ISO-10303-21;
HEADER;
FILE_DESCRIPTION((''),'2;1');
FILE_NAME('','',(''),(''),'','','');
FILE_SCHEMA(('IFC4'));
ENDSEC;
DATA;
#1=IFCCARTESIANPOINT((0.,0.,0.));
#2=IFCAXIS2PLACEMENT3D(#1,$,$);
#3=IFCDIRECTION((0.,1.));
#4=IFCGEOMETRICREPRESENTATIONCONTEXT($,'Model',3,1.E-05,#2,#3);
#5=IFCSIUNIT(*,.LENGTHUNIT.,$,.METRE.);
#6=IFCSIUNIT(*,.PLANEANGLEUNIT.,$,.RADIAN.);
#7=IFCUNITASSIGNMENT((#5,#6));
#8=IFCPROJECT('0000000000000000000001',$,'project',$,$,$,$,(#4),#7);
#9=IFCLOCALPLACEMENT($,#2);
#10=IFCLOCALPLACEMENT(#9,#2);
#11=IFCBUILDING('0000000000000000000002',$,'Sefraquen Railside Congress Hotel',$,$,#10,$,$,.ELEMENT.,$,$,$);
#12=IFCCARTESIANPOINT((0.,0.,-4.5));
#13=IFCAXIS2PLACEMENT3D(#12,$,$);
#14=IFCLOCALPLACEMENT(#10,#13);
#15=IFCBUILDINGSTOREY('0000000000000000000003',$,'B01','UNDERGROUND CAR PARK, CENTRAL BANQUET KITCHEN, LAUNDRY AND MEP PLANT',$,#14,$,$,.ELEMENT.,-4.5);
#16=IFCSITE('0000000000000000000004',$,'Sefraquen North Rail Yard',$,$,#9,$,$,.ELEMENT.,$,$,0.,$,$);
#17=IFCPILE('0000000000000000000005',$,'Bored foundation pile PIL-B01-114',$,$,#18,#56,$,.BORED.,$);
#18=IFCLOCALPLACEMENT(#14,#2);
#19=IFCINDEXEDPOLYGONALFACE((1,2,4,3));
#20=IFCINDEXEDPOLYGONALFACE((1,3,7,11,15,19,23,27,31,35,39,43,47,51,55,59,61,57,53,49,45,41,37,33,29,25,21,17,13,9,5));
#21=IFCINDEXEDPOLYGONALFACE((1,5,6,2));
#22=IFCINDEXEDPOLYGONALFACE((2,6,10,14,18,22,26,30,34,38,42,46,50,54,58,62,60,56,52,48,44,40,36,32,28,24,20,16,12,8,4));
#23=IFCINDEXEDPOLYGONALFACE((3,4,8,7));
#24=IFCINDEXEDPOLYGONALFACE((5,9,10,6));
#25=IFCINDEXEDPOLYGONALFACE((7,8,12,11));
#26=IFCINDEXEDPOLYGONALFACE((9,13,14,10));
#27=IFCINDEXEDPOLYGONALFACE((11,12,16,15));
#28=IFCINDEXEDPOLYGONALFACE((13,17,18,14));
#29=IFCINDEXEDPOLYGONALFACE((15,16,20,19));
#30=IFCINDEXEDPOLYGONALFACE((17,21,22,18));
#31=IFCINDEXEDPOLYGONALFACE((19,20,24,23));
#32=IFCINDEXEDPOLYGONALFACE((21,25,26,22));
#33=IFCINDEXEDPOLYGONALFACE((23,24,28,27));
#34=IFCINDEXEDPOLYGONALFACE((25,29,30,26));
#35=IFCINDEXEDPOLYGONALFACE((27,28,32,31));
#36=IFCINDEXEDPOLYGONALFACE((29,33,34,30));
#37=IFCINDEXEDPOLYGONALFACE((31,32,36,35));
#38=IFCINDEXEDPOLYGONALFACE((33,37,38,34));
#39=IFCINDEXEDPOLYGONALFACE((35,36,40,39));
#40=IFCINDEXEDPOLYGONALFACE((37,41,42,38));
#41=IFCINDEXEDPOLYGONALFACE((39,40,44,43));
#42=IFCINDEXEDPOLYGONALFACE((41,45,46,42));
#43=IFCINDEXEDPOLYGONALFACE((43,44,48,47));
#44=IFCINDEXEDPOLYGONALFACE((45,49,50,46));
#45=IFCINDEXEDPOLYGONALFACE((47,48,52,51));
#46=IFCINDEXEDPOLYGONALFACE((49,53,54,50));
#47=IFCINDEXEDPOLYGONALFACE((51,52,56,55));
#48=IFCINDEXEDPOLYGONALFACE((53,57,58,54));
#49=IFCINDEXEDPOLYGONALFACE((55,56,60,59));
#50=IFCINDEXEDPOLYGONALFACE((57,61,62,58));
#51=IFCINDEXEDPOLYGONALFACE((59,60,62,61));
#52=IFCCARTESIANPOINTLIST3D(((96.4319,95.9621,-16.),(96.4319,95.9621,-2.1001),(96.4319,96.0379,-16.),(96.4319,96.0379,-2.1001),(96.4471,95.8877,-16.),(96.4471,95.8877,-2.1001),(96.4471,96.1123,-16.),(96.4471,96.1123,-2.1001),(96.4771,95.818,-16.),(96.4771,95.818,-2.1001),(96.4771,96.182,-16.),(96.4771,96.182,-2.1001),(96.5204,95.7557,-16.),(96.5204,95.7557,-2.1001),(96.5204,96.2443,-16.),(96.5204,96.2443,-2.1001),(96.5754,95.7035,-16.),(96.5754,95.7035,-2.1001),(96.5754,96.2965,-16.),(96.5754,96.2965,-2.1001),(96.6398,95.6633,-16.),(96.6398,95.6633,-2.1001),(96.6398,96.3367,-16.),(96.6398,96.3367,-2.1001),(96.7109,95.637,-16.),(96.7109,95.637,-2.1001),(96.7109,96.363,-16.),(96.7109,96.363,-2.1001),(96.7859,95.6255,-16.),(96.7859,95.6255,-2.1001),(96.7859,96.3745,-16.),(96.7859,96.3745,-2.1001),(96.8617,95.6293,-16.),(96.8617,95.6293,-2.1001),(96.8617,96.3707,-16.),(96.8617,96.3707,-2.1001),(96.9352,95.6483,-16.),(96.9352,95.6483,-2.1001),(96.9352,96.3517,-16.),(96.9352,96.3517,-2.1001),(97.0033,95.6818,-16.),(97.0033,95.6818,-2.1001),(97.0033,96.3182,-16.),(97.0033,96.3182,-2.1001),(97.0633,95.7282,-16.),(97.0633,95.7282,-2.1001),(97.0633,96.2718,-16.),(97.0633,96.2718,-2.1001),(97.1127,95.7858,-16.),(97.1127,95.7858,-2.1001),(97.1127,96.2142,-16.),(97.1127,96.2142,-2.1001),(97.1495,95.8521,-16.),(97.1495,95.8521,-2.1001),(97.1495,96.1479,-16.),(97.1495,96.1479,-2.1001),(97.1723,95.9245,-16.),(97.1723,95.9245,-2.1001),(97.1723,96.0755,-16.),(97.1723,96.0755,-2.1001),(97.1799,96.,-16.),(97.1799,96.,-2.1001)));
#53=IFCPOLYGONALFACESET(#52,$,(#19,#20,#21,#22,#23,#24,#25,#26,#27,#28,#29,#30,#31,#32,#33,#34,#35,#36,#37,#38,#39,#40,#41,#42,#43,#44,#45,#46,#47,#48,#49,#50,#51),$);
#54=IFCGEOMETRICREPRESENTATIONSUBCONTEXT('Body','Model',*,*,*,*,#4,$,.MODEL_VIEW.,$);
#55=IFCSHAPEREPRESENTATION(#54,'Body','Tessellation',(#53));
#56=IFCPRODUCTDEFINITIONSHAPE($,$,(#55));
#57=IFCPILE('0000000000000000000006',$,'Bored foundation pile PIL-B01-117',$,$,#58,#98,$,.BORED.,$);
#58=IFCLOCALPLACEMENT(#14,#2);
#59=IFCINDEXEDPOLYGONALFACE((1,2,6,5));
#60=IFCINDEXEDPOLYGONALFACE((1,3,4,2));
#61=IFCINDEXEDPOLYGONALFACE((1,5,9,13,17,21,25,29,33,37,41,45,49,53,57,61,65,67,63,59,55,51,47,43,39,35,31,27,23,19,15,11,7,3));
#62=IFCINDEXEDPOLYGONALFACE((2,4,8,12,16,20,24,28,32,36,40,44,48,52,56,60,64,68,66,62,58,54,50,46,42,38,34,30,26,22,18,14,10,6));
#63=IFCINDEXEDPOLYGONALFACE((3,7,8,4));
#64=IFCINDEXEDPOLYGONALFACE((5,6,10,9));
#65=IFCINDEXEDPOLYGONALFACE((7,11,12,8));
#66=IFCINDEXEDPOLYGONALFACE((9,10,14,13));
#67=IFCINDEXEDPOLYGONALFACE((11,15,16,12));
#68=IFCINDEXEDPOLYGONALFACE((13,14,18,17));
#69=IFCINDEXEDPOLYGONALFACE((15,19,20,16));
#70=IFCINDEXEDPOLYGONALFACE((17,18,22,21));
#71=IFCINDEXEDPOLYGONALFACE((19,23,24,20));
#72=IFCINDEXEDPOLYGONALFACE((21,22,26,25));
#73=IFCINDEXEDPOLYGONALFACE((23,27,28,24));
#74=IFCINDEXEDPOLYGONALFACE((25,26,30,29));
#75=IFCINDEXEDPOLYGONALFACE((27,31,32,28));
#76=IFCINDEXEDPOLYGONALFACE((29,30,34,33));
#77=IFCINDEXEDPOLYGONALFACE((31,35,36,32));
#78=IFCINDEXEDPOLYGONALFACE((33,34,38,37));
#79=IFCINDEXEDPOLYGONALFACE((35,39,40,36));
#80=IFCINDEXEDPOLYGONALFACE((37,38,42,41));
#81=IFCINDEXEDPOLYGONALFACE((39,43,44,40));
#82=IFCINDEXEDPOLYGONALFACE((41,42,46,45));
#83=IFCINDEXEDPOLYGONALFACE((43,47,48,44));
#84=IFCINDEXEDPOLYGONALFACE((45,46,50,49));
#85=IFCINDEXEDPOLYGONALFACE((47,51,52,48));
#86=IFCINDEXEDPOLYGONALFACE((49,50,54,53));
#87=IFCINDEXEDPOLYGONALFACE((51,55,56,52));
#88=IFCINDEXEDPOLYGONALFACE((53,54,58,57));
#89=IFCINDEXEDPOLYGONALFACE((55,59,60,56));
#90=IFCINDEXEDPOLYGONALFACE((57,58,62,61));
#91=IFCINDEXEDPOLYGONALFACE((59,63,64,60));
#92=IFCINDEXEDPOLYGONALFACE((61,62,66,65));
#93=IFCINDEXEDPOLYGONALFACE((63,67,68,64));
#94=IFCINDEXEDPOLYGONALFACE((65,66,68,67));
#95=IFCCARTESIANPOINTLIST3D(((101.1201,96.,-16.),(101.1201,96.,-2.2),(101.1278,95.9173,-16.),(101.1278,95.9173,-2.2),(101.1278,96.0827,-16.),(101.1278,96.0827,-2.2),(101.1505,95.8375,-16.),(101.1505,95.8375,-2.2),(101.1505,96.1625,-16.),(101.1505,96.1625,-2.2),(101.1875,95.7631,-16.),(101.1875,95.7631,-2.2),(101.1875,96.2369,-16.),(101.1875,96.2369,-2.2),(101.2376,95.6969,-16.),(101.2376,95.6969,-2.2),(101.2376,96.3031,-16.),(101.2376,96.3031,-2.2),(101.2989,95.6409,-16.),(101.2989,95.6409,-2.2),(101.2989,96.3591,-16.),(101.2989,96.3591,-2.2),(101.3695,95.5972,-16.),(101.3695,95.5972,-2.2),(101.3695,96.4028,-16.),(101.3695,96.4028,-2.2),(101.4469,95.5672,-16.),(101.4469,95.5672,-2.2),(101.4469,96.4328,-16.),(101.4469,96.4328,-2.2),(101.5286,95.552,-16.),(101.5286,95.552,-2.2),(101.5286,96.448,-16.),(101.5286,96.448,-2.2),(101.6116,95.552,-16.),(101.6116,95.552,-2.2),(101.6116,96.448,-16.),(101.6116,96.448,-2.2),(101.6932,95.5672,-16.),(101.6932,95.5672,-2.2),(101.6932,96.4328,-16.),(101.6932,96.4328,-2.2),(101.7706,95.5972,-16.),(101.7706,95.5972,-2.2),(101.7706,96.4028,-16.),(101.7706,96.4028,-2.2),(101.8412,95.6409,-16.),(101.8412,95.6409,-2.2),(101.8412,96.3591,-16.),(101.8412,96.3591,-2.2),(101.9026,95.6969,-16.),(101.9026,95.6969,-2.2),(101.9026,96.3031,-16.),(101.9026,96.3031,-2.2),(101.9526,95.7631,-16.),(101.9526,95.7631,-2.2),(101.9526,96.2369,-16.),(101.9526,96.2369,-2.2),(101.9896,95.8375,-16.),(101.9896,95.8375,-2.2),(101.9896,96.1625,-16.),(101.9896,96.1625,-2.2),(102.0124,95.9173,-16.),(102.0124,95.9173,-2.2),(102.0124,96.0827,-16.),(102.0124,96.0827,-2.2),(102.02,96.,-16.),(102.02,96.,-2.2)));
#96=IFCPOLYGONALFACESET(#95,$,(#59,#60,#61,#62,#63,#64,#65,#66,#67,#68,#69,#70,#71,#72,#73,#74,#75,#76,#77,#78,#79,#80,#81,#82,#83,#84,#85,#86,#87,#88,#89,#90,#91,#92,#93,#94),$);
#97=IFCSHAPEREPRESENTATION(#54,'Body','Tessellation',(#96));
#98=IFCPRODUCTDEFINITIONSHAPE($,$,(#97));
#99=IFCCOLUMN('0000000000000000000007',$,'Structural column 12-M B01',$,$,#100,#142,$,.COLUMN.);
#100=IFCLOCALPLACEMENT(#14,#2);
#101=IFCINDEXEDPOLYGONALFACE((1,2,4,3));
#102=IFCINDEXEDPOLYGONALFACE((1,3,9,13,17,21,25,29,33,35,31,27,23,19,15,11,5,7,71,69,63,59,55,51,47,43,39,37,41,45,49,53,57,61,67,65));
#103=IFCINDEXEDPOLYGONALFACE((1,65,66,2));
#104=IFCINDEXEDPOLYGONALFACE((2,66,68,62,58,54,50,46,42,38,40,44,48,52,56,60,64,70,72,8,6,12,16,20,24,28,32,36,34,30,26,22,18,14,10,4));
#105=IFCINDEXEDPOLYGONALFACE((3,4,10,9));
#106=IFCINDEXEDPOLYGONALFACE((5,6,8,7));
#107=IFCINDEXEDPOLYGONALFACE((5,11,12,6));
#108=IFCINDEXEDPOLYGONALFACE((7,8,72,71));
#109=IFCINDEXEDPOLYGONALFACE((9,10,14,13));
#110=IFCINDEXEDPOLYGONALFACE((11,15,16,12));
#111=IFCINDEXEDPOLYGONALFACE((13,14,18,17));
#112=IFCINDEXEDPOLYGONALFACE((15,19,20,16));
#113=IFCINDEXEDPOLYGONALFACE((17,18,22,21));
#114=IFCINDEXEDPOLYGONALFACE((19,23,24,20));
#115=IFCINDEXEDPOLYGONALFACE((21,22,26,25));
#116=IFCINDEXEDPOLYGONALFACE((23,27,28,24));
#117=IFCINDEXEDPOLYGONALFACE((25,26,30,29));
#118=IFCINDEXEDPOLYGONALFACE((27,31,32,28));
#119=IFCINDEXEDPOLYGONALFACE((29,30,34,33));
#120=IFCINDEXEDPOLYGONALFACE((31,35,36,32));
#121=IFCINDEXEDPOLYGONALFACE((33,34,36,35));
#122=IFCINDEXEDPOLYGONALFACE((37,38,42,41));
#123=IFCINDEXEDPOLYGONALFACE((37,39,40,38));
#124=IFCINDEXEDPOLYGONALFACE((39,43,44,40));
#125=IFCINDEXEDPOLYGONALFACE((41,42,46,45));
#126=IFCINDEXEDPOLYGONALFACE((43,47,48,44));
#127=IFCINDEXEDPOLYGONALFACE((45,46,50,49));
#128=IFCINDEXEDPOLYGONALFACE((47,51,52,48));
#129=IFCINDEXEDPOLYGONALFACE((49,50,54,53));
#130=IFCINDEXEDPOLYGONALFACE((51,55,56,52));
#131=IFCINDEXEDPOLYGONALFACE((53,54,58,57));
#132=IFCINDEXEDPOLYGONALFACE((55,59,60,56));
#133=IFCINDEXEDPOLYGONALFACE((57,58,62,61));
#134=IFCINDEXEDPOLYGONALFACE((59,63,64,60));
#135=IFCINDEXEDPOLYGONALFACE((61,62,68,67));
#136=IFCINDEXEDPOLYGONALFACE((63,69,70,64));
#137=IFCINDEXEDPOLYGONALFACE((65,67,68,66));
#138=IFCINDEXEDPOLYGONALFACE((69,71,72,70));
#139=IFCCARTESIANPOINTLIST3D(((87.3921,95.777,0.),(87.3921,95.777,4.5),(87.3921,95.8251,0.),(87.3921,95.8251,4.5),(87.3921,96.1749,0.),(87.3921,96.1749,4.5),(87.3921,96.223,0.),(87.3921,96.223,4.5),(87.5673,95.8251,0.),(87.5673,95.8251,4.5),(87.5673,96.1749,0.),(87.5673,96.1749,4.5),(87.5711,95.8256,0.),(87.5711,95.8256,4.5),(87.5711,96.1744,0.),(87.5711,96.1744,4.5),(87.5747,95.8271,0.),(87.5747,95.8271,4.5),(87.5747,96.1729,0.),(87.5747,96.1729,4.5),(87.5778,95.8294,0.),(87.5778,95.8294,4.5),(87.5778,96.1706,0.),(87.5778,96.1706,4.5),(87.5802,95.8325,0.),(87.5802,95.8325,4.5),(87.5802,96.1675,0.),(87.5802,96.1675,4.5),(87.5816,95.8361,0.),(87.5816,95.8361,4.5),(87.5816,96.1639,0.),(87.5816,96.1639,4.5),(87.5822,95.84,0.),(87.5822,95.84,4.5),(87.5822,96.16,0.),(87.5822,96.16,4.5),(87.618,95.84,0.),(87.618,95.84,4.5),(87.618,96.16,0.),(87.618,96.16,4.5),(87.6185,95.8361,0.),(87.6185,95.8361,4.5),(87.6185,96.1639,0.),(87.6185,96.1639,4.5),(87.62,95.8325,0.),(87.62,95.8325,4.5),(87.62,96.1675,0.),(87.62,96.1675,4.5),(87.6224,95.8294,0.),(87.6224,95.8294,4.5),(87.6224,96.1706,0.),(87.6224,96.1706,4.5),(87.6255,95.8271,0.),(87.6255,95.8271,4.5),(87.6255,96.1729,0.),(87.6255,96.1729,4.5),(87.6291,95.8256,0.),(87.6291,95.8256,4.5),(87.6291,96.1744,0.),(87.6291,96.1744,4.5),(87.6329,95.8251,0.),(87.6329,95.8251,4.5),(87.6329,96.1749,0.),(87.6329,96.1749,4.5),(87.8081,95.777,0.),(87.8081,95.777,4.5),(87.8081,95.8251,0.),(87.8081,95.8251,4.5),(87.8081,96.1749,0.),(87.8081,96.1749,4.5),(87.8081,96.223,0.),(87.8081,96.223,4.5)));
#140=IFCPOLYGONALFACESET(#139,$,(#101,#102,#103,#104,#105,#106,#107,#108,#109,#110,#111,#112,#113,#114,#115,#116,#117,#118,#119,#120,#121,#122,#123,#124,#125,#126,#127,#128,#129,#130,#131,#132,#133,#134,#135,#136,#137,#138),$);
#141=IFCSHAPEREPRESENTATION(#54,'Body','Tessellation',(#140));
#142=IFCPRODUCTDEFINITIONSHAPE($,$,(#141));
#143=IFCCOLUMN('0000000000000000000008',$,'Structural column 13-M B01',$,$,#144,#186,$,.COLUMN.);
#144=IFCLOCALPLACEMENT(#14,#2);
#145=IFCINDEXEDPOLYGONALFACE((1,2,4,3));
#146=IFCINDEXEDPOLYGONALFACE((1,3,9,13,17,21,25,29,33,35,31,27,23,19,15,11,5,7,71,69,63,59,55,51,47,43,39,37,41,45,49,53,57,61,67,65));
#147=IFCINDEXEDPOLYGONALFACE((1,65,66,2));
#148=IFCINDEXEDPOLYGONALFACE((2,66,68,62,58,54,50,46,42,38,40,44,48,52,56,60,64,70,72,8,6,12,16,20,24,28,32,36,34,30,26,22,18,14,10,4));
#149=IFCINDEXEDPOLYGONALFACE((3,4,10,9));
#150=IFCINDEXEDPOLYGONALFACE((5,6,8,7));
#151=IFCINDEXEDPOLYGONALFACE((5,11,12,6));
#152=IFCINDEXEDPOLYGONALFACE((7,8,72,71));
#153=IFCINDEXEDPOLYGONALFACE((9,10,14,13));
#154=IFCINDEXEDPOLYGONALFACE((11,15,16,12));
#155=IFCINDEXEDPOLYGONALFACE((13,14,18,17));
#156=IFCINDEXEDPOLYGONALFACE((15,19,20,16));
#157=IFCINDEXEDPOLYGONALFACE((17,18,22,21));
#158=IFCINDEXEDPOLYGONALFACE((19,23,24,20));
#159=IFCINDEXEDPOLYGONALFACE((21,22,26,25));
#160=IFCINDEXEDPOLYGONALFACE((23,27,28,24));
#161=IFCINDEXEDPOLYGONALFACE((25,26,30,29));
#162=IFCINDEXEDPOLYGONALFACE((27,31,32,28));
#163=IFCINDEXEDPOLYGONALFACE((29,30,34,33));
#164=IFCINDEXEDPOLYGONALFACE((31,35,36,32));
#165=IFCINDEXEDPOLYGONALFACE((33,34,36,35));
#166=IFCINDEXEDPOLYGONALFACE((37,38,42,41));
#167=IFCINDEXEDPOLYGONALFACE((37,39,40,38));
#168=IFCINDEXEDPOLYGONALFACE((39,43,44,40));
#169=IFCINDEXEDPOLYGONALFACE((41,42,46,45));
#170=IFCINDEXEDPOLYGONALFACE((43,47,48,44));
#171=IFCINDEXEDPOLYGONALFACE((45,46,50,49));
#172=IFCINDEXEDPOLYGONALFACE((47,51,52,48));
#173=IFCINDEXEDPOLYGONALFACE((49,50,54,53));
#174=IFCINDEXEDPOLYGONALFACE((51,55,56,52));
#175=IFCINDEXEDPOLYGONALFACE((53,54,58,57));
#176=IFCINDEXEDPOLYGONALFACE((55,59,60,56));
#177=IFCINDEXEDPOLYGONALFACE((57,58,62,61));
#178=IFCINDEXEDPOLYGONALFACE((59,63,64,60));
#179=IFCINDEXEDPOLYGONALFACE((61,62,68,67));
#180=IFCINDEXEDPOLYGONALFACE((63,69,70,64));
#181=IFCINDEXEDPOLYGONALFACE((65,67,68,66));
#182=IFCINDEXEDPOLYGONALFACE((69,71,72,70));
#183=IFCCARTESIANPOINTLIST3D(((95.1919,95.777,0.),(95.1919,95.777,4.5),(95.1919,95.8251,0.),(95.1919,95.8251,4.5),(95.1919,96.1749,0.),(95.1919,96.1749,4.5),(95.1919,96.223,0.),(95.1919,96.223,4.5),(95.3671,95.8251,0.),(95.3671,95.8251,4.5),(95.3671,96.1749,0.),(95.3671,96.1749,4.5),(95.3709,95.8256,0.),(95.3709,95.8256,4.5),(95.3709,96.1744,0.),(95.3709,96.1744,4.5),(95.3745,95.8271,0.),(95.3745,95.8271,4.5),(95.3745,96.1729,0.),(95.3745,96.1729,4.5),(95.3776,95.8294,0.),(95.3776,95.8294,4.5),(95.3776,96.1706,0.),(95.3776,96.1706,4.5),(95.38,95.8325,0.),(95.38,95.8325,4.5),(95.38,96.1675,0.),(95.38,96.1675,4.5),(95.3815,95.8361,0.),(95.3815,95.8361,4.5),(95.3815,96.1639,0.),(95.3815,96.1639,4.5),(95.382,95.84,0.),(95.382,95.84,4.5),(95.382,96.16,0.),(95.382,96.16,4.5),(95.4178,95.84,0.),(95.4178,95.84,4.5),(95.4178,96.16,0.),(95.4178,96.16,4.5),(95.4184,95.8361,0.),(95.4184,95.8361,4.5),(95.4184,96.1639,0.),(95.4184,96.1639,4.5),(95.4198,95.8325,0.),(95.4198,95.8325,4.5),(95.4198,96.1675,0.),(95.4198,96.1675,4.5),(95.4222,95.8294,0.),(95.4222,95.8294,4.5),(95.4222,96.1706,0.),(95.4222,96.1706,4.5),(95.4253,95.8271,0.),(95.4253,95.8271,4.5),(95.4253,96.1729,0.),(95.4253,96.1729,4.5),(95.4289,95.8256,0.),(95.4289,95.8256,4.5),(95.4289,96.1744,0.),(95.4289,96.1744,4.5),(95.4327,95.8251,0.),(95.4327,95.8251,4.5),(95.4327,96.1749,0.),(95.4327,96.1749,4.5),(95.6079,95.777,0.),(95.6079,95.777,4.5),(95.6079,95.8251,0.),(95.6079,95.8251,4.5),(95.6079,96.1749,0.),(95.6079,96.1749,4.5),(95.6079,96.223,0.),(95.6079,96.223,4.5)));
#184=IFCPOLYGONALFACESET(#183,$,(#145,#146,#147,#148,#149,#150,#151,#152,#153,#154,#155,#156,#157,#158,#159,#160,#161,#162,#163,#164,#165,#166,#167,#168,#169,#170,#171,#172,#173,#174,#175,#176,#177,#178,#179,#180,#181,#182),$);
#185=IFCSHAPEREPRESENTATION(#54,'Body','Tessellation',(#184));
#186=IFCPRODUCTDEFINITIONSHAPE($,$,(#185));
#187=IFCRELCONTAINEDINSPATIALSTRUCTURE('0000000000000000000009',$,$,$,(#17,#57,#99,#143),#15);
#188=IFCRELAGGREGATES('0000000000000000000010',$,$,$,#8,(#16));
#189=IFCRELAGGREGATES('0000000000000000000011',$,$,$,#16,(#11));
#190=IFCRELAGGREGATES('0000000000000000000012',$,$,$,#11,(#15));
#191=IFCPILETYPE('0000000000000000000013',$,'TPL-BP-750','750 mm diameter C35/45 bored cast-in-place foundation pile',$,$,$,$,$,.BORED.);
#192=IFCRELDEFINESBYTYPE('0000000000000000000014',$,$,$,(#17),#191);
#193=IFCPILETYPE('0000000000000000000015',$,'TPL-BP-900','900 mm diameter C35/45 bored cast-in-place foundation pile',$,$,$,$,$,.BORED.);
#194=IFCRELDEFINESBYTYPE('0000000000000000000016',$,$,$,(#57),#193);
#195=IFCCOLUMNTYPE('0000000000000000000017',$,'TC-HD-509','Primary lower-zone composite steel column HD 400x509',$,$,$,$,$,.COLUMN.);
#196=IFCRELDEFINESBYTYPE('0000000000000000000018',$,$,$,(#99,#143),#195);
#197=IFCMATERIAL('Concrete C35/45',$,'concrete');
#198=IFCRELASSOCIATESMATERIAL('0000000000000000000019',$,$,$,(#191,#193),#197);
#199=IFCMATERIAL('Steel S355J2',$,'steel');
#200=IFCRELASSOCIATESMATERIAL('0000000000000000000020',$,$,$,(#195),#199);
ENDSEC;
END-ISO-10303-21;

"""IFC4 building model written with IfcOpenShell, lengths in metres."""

from ifc_helpers import new_model, si_unit, direction, frame, origin, origin_2d, place, context, subcontext, project, spatial, circle, i_section, extrude, material, material_profile, profile_set, type_object, element, save


model = new_model("IFC4")

# Units and contexts
model_context = context("Model", 3, precision=1e-05, world=origin(), true_north=direction((0.0, 1.0)))
body_context = subcontext(model_context, "Body", "Model", "MODEL_VIEW")
ifc_project = project(units=[si_unit("LENGTHUNIT", "METRE"), si_unit("PLANEANGLEUNIT", "RADIAN")], contexts=[model_context])

# Site, building, storey
site_placement = place(None, origin())
site = spatial("IfcSite", under=ifc_project, at=site_placement, Name="Sefraquen North Rail Yard", CompositionType="ELEMENT", RefElevation=0.0)
building_placement = place(site_placement, origin())
building = spatial("IfcBuilding", under=site, at=building_placement, Name="Sefraquen Railside Congress Hotel", CompositionType="ELEMENT")
storey_placement = place(building_placement, frame((0.0, 0.0, -4.5)))
storey = spatial("IfcBuildingStorey", under=building, at=storey_placement, Name="B01", Description="UNDERGROUND CAR PARK, CENTRAL BANQUET KITCHEN, LAUNDRY AND MEP PLANT", CompositionType="ELEMENT", Elevation=-4.5)

# Piles
ifc_material_1 = material(Name="Concrete C35/45", Category="concrete")
ifc_material_profile_1 = material_profile(ifc_material_1, circle(Radius=0.375, at=origin_2d()), Name="BORED PILE 750")
ifc_profile_set_1 = profile_set([ifc_material_profile_1], Name="Concrete C35/45")
pile_type_1 = type_object("IfcPileType", Name="TPL-BP-750", Description="750 mm diameter C35/45 bored cast-in-place foundation pile", PredefinedType="BORED", material=ifc_profile_set_1)
for number, where, z_axis, x_axis, name in (
    (1, (96.8049, 96.0, -2.1001), (0.0, 0.0, -1.0), (1.0, 0.0, 0.0), "Bored foundation pile PIL-B01-114"),
):
    element("IfcPile", number, at=place(storey_placement, frame(where, z_axis=z_axis, x_axis=x_axis)), inside=storey, type_object=pile_type_1, Name=name, PredefinedType="BORED", context=body_context, shape_type="SweptSolid", body=[
        extrude(circle(Radius=0.375, at=origin_2d()), origin(), (0.0, 0.0, 1.0), 13.8999),
    ])
ifc_material_profile_2 = material_profile(ifc_material_1, circle(Radius=0.45, at=origin_2d()), Name="BORED PILE 900")
ifc_profile_set_2 = profile_set([ifc_material_profile_2], Name="Concrete C35/45")
pile_type_2 = type_object("IfcPileType", Name="TPL-BP-900", Description="900 mm diameter C35/45 bored cast-in-place foundation pile", PredefinedType="BORED", material=ifc_profile_set_2)
pile_placement = place(storey_placement, frame((101.5701, 96.0, -2.2), z_axis=(0.0, 0.0, -1.0), x_axis=(1.0, 0.0, 0.0)))
element("IfcPile", 2, at=pile_placement, inside=storey, type_object=pile_type_2, Name="Bored foundation pile PIL-B01-117", PredefinedType="BORED", context=body_context, shape_type="SweptSolid", body=[
    extrude(circle(Radius=0.45, at=origin_2d()), origin(), (0.0, 0.0, 1.0), 13.8),
])

# Columns
ifc_material_2 = material(Name="Steel S355J2", Category="steel")
ifc_material_profile_3 = material_profile(ifc_material_2, i_section(OverallWidth=0.416, OverallDepth=0.446, WebThickness=0.0359, FlangeThickness=0.0481, FilletRadius=0.0149, at=origin_2d()), Name="HD 400x509")
ifc_profile_set_3 = profile_set([ifc_material_profile_3], Name="Steel S355J2")
column_type_1 = type_object("IfcColumnType", Name="TC-HD-509", Description="Primary lower-zone composite steel column HD 400x509", PredefinedType="COLUMN", material=ifc_profile_set_3)
for number, where, z_axis, x_axis, name in (
    (3, (87.6001, 96.0, 0.0), (0.0, 0.0, 1.0), (1.0, 0.0, 0.0), "Structural column 12-M B01"),
    (4, (95.3999, 96.0, 0.0), (0.0, 0.0, 1.0), (1.0, 0.0, 0.0), "Structural column 13-M B01"),
):
    element("IfcColumn", number, at=place(storey_placement, frame(where, z_axis=z_axis, x_axis=x_axis)), inside=storey, type_object=column_type_1, Name=name, PredefinedType="COLUMN", context=body_context, shape_type="SweptSolid", body=[
        extrude(i_section(OverallWidth=0.416, OverallDepth=0.446, WebThickness=0.0359, FlangeThickness=0.0481, FilletRadius=0.0149, at=origin_2d()), origin(), (0.0, 0.0, 1.0), 4.5),
    ])

save(model, "model.ifc")
